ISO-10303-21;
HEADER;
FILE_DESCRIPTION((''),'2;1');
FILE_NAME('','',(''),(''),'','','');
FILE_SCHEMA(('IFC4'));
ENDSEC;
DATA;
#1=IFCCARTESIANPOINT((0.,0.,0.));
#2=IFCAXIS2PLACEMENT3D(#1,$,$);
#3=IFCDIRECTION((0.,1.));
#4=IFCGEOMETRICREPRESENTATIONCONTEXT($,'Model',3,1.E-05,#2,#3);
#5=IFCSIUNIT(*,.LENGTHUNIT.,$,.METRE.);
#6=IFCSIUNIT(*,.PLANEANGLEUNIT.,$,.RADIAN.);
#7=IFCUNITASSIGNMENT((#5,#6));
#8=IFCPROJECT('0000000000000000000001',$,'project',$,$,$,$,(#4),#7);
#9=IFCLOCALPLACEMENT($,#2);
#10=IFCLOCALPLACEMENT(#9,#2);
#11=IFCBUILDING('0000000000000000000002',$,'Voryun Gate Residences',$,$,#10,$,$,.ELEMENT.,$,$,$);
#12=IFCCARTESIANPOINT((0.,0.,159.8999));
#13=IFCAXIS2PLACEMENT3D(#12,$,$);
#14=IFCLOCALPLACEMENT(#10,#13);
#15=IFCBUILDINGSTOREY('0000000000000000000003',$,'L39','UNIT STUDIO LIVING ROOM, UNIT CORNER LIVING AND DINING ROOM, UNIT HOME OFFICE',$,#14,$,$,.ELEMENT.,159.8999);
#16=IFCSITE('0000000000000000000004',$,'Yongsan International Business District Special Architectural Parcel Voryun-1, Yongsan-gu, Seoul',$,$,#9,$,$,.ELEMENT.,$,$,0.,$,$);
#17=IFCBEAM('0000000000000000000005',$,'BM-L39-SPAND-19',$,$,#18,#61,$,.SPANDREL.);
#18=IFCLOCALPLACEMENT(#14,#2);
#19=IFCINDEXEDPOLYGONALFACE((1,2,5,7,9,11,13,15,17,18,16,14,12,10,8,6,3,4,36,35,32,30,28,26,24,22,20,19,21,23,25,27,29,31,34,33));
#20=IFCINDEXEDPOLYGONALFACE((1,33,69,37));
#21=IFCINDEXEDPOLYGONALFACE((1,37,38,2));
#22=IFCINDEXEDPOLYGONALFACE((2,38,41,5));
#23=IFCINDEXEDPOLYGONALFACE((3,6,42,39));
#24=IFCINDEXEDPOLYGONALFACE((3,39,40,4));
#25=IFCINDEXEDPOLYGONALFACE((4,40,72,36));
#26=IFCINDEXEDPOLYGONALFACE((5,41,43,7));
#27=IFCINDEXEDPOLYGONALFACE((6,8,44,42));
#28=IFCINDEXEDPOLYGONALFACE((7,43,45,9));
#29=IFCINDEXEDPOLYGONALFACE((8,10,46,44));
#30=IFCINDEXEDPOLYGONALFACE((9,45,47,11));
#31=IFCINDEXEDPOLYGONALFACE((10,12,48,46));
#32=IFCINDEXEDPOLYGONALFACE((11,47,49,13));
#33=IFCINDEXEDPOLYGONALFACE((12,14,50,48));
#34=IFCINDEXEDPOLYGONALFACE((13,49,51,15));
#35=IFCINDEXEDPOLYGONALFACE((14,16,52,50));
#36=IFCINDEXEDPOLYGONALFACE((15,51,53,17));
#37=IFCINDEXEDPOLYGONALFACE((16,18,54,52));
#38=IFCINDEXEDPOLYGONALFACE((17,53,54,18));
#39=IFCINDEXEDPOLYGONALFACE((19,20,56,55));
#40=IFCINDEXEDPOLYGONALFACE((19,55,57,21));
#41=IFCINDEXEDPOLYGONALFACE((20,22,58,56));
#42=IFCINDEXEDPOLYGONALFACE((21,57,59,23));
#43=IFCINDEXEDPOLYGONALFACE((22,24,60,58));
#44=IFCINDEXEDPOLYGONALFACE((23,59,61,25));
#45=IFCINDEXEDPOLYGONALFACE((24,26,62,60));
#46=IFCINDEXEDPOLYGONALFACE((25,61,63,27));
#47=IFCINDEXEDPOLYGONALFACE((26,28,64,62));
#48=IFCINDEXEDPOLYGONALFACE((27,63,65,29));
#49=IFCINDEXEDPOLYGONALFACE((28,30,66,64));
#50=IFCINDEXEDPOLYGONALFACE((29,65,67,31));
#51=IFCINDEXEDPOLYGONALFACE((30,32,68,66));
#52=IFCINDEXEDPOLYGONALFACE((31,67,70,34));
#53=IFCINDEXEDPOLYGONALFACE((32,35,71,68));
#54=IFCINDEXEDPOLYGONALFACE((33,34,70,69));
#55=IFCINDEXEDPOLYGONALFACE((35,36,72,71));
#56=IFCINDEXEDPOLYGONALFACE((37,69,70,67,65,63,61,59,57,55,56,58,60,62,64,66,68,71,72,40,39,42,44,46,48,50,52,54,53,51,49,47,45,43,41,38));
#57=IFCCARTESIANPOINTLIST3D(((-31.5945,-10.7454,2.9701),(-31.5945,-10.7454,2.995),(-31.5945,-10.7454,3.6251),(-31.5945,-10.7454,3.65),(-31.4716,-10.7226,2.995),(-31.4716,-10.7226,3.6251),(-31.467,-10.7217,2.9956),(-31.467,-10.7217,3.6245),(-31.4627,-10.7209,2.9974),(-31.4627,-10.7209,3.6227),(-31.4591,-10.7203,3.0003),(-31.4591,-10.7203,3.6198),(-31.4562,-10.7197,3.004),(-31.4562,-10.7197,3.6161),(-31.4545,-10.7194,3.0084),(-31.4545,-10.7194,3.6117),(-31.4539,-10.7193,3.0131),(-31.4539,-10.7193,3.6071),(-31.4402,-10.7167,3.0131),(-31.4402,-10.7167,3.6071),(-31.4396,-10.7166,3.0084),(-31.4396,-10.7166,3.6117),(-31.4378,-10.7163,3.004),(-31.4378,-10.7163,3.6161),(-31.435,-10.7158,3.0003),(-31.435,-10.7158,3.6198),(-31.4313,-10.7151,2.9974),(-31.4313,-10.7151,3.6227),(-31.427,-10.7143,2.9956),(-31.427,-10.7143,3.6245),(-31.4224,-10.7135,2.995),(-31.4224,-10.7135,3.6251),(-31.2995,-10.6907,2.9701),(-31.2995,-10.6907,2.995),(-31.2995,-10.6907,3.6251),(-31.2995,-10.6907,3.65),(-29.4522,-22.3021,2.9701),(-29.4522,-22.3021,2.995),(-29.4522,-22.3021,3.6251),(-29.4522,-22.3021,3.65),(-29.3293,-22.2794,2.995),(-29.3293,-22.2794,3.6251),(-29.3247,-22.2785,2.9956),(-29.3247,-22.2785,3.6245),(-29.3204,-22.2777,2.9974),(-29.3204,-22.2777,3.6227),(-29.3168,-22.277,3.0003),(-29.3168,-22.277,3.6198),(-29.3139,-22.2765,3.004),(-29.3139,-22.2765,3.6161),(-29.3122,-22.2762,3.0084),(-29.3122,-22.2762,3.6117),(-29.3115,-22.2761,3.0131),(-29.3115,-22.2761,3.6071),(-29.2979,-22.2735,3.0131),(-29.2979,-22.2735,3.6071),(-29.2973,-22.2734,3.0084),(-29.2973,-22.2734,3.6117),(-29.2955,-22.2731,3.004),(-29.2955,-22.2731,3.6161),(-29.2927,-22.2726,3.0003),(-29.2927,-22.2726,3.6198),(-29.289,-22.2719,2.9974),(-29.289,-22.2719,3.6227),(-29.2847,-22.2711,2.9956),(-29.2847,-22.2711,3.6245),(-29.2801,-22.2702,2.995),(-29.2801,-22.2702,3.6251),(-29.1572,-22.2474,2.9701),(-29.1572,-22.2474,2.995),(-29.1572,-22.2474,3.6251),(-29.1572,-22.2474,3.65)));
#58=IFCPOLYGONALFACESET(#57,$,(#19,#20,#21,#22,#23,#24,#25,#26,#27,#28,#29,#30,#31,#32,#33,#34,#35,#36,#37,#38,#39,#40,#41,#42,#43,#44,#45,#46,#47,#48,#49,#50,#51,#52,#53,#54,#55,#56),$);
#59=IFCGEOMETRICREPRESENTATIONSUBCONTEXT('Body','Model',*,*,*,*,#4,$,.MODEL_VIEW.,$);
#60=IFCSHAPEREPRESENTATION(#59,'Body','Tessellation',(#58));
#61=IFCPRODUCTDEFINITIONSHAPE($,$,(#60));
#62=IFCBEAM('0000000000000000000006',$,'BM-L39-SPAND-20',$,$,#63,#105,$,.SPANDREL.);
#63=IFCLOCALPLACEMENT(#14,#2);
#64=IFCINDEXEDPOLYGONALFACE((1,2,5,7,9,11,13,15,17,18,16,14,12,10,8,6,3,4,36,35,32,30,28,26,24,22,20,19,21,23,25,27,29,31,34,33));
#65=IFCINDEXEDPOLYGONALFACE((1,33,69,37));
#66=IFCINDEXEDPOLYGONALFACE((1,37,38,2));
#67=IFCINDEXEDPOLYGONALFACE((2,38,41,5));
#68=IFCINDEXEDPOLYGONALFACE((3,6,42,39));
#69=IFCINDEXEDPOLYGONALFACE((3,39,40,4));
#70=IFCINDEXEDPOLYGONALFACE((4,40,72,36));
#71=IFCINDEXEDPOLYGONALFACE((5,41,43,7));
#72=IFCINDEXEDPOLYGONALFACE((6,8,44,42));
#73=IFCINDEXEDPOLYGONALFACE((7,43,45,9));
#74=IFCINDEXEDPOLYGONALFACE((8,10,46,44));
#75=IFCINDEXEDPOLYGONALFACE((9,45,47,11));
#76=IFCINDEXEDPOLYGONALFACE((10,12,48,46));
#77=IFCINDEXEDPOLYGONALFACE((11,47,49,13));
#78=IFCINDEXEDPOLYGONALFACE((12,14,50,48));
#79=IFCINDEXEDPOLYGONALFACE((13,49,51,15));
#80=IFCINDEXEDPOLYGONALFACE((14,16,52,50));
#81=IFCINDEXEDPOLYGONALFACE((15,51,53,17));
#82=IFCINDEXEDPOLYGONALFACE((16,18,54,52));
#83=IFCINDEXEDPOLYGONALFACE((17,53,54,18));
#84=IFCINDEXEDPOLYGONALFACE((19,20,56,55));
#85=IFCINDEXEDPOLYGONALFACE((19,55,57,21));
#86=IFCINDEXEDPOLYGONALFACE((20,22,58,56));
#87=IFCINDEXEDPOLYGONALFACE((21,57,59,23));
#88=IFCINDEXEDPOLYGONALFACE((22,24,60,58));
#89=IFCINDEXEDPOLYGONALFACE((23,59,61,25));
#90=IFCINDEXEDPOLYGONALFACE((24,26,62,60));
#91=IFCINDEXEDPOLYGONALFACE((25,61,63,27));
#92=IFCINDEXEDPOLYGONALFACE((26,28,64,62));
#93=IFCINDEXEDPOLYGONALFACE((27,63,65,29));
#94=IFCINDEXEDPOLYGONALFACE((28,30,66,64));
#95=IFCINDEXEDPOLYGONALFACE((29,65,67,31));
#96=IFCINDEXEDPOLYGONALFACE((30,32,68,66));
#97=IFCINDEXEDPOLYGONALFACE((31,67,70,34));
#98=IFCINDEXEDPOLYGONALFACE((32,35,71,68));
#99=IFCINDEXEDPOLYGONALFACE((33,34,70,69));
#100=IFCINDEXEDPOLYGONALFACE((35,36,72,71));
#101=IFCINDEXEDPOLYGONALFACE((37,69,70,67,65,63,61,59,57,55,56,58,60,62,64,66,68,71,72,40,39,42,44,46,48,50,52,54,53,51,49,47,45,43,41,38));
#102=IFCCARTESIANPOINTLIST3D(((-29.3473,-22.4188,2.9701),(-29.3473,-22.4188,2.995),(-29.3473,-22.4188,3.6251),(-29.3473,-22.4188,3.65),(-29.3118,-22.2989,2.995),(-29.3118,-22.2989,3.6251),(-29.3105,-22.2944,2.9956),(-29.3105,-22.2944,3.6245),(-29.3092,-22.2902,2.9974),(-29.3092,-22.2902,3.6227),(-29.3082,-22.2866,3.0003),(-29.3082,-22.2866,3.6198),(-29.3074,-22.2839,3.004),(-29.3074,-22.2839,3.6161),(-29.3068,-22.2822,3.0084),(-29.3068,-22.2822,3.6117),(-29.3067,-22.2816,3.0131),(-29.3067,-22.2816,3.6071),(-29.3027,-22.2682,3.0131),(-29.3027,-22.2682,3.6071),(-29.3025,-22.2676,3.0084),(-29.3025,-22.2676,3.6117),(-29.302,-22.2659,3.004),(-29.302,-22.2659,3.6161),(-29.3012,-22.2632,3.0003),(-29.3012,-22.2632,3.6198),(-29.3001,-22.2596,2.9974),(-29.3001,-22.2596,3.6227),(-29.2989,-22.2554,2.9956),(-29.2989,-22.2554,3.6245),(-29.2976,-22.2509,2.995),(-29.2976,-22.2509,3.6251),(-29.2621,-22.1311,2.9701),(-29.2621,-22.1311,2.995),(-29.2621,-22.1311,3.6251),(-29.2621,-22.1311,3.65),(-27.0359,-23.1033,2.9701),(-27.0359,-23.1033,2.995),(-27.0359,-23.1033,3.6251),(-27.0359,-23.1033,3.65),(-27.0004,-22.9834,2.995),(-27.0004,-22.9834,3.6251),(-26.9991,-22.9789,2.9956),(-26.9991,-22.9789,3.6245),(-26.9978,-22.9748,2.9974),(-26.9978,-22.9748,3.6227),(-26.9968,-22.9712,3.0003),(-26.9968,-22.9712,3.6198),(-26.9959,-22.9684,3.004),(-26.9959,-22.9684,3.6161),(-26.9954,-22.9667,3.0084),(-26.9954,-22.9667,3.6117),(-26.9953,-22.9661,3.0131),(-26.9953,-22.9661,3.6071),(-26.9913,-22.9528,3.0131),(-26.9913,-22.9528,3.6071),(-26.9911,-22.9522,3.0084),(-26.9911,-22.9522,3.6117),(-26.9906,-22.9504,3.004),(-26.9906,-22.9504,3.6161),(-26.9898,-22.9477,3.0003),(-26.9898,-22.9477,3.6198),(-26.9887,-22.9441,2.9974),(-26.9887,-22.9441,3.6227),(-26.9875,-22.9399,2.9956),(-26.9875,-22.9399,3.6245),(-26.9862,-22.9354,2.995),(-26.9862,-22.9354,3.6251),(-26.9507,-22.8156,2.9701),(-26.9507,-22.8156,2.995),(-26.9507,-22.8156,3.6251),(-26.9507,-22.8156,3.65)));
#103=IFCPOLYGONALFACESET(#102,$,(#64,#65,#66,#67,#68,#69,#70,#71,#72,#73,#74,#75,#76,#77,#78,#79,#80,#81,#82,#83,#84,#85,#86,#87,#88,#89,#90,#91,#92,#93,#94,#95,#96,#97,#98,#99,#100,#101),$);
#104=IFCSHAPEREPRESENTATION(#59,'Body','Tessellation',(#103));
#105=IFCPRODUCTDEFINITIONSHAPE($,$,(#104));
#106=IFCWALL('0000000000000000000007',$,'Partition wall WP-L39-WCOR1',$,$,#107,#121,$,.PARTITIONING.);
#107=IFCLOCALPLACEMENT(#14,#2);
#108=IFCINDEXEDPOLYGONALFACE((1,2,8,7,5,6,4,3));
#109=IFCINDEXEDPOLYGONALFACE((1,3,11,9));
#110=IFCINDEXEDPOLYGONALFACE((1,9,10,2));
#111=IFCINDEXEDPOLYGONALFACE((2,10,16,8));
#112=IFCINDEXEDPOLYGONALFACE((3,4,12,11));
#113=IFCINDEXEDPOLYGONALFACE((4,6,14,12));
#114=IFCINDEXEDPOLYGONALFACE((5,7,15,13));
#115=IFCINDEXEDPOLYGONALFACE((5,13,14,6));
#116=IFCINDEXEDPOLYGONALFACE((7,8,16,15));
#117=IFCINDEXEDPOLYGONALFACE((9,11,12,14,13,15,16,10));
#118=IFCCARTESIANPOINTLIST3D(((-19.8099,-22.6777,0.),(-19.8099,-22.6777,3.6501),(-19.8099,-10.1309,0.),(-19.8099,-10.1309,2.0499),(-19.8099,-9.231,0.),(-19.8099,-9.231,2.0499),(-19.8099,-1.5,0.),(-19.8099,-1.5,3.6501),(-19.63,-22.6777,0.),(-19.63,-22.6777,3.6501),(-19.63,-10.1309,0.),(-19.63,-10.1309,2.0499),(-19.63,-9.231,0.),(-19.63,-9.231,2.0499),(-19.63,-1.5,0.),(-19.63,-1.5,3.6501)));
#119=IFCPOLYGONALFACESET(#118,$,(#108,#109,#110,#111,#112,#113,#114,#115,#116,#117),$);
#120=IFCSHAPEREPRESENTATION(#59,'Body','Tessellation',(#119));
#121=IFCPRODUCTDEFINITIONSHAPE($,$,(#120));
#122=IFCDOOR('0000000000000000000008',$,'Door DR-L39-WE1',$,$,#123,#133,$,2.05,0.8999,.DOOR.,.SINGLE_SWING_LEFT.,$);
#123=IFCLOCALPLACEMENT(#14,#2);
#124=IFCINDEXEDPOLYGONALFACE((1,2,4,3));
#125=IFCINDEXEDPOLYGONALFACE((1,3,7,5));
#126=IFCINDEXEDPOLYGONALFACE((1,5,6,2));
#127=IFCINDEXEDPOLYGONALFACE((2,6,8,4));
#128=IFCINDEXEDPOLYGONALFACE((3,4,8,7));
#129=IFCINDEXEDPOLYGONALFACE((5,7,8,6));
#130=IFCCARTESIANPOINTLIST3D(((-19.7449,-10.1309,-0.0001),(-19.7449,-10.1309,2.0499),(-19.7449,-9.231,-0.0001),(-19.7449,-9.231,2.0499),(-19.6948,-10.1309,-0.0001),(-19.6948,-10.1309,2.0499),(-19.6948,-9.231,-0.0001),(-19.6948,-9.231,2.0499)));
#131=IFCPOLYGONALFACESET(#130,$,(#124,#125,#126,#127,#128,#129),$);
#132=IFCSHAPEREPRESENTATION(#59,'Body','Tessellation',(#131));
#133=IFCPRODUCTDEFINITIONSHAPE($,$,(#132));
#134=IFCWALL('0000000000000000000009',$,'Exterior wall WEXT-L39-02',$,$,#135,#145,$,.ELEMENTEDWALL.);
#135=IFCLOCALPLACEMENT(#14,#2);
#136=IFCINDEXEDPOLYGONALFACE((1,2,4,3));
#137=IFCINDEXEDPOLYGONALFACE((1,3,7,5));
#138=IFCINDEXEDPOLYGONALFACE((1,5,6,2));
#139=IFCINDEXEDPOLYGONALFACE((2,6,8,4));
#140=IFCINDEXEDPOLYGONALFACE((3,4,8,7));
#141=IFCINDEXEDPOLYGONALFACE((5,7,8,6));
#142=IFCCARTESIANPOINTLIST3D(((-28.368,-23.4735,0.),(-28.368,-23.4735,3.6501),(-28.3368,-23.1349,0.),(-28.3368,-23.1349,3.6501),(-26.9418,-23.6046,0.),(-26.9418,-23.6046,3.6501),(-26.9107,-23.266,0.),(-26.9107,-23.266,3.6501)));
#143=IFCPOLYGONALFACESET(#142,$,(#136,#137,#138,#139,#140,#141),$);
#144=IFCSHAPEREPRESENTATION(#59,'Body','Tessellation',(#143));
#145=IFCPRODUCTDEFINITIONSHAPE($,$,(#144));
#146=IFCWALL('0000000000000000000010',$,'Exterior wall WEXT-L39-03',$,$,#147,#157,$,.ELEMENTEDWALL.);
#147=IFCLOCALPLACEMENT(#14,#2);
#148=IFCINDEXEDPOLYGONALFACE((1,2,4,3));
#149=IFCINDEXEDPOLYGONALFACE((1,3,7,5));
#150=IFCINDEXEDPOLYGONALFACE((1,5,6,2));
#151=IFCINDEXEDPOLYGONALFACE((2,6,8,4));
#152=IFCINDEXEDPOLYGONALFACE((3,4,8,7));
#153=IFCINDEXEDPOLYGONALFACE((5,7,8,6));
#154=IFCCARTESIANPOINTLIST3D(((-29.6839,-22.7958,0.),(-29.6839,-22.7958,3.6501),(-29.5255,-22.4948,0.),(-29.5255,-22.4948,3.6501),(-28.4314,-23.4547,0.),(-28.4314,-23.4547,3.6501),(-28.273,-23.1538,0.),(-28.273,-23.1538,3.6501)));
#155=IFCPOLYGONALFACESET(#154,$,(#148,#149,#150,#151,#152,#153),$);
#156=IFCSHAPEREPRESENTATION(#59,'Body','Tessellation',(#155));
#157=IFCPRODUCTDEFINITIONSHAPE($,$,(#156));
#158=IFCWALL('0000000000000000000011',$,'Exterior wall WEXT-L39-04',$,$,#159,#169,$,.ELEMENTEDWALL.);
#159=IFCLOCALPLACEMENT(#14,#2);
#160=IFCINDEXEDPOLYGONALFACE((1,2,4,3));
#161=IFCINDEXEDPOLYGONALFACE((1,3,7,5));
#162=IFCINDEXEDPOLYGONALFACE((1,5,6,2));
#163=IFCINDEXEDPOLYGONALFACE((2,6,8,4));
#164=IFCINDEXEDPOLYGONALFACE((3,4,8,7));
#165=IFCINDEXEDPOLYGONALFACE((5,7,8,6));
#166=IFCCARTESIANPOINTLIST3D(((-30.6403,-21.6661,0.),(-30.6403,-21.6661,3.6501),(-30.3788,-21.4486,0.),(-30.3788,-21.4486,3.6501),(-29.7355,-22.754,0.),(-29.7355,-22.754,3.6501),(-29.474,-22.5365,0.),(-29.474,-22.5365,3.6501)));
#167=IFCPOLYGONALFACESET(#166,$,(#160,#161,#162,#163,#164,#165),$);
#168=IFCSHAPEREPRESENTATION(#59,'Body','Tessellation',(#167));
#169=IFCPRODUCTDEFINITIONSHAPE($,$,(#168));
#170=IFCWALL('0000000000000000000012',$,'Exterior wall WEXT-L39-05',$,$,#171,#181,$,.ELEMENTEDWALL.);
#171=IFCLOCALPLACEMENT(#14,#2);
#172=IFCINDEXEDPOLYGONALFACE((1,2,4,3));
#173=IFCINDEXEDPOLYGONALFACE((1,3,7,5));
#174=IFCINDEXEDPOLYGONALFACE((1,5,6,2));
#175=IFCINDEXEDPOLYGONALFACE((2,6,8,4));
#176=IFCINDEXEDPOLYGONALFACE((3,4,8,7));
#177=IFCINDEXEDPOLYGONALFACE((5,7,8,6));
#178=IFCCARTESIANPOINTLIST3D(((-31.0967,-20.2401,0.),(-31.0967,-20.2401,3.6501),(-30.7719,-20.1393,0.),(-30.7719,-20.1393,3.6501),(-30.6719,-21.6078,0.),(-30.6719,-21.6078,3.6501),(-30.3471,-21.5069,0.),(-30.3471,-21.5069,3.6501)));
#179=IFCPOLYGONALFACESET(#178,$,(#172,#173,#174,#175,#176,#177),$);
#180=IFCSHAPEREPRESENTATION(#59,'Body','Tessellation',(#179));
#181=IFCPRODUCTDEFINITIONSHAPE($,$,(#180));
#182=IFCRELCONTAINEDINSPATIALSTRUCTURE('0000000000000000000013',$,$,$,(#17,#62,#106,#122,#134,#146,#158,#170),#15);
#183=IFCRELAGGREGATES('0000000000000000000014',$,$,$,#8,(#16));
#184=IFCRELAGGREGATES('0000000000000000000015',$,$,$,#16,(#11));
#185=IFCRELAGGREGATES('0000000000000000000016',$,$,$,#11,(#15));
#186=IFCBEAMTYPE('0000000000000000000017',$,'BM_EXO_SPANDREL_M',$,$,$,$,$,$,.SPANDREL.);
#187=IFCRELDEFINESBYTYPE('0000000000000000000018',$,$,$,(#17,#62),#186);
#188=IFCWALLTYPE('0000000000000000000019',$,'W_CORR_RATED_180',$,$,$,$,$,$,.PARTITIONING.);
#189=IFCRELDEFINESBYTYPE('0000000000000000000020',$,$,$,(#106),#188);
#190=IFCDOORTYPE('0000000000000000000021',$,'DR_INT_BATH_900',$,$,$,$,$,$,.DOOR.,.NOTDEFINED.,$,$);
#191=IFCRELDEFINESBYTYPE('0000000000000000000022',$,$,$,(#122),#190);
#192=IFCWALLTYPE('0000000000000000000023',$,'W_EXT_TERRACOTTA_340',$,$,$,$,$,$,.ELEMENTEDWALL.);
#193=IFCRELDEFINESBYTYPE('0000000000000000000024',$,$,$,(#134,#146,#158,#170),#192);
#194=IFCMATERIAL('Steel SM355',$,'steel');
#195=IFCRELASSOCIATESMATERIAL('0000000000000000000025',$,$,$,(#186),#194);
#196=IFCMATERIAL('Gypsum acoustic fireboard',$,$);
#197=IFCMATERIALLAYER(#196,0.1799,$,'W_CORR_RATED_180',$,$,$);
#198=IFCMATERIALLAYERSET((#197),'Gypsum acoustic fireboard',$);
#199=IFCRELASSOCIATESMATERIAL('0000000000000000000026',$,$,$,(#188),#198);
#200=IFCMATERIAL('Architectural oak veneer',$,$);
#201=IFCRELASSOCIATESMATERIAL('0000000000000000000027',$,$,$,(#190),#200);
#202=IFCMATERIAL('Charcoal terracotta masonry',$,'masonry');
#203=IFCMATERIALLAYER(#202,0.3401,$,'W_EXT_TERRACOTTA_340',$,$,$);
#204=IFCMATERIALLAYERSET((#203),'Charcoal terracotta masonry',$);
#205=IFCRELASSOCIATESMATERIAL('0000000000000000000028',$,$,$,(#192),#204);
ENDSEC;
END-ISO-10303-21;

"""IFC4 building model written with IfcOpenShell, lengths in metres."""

from ifc_helpers import new_model, si_unit, direction, frame, frame_2d, origin, origin_2d, place, context, subcontext, project, spatial, rectangle, i_section, extrude, material, layer, layer_set, material_profile, profile_set, type_object, element, fill, save


model = new_model("IFC4")

# Units and contexts
model_context = context("Model", 3, precision=1e-05, world=origin(), true_north=direction((0.0, 1.0)))
body_context = subcontext(model_context, "Body", "Model", "MODEL_VIEW")
ifc_project = project(units=[si_unit("LENGTHUNIT", "METRE"), si_unit("PLANEANGLEUNIT", "RADIAN")], contexts=[model_context])

# Site, building, storey
site_placement = place(None, origin())
site = spatial("IfcSite", under=ifc_project, at=site_placement, Name="Yongsan International Business District Special Architectural Parcel Voryun-1, Yongsan-gu, Seoul", CompositionType="ELEMENT", RefElevation=0.0)
building_placement = place(site_placement, origin())
building = spatial("IfcBuilding", under=site, at=building_placement, Name="Voryun Gate Residences", CompositionType="ELEMENT")
storey_placement = place(building_placement, frame((0.0, 0.0, 159.8999)))
storey = spatial("IfcBuildingStorey", under=building, at=storey_placement, Name="L39", Description="UNIT STUDIO LIVING ROOM, UNIT CORNER LIVING AND DINING ROOM, UNIT HOME OFFICE", CompositionType="ELEMENT", Elevation=159.8999)

# Beams
ifc_material_1 = material(Name="Steel SM355", Category="steel")
ifc_material_profile_1 = material_profile(ifc_material_1, i_section(OverallWidth=0.3, OverallDepth=0.6799, WebThickness=0.0139, FlangeThickness=0.0249, FilletRadius=0.0181, at=origin_2d()), Name="H-680x300x14x25")
ifc_profile_set_1 = profile_set([ifc_material_profile_1], Name="Steel SM355")
beam_type = type_object("IfcBeamType", Name="BM_EXO_SPANDREL_M", PredefinedType="SPANDREL", material=ifc_profile_set_1)
beam_1_placement = place(storey_placement, frame((-31.447, -10.718, 3.3101), z_axis=(0.182268, -0.983249, 0.0), x_axis=(0.983249, 0.182268, 0.0)))
element("IfcBeam", 1, at=beam_1_placement, inside=storey, type_object=beam_type, Name="BM-L39-SPAND-19", PredefinedType="SPANDREL", context=body_context, shape_type="SweptSolid", body=[
    extrude(i_section(OverallWidth=0.3, OverallDepth=0.6799, WebThickness=0.0139, FlangeThickness=0.0249, FilletRadius=0.0181, at=origin_2d()), origin(), (0.0, 0.0, 1.0), 11.7537),
])
beam_2_placement = place(storey_placement, frame((-29.3047, -22.2749, 3.3101), z_axis=(0.958835, -0.283964, 0.0), x_axis=(0.283964, 0.958835, 0.0)))
element("IfcBeam", 2, at=beam_2_placement, inside=storey, type_object=beam_type, Name="BM-L39-SPAND-20", PredefinedType="SPANDREL", context=body_context, shape_type="SweptSolid", body=[
    extrude(i_section(OverallWidth=0.3, OverallDepth=0.6799, WebThickness=0.0139, FlangeThickness=0.0249, FilletRadius=0.0181, at=origin_2d()), origin(), (0.0, 0.0, 1.0), 2.4106),
])

# Wall, opening, door
ifc_material_2 = material(Name="Gypsum acoustic fireboard")
ifc_layer_1 = layer(ifc_material_2, 0.1799, Name="W_CORR_RATED_180")
ifc_layer_set_1 = layer_set([ifc_layer_1], Name="Gypsum acoustic fireboard")
wall_type_1 = type_object("IfcWallType", Name="W_CORR_RATED_180", PredefinedType="PARTITIONING", material=ifc_layer_set_1)
wall_1_placement = place(storey_placement, frame((-19.72, -22.6777, 0.0), z_axis=(0.0, 0.0, 1.0), x_axis=(0.0, 1.0, 0.0)))
wall_1 = element("IfcWall", 3, at=wall_1_placement, inside=storey, type_object=wall_type_1, Name="Partition wall WP-L39-WCOR1", PredefinedType="PARTITIONING", context=body_context, shape_type="SweptSolid", body=[
    extrude(rectangle(XDim=21.1777, YDim=0.1799, at=frame_2d((10.5889, 0.0))), origin(), (0.0, 0.0, 1.0), 3.6501),
])
opening_1_placement = place(wall_1_placement, frame((12.5469, 0.0, 0.0)))
opening_1 = element("IfcOpeningElement", 4, at=opening_1_placement, cuts=wall_1, PredefinedType="OPENING", context=body_context, shape_type="SweptSolid", body=[
    extrude(rectangle(XDim=0.8999, YDim=2.05, at=frame_2d((0.45, 1.0249))), frame((0.0, 0.0999, 0.0), z_axis=(0.0, -1.0, 0.0), x_axis=(1.0, 0.0, 0.0)), (0.0, 0.0, 1.0), 0.2),
])
ifc_material_3 = material(Name="Architectural oak veneer")
door_type_1 = type_object("IfcDoorType", Name="DR_INT_BATH_900", OperationType="NOTDEFINED", PredefinedType="DOOR", material=ifc_material_3)
door_1_placement = place(opening_1_placement, origin())
door_1 = element("IfcDoor", 5, at=door_1_placement, inside=storey, type_object=door_type_1, Name="Door DR-L39-WE1", OperationType="SINGLE_SWING_LEFT", OverallHeight=2.05, OverallWidth=0.8999, PredefinedType="DOOR", context=body_context, shape_type="SweptSolid", body=[
    extrude(rectangle(XDim=0.8999, YDim=2.05, at=frame_2d((0.45, 1.0249))), frame((0.0, 0.0249, 0.0), z_axis=(0.0, -1.0, 0.0), x_axis=(1.0, 0.0, 0.0)), (0.0, 0.0, 1.0), 0.05),
])
fill(opening_1, door_1)

# Walls
ifc_material_4 = material(Name="Charcoal terracotta masonry", Category="masonry")
ifc_layer_2 = layer(ifc_material_4, 0.3401, Name="W_EXT_TERRACOTTA_340")
ifc_layer_set_2 = layer_set([ifc_layer_2], Name="Charcoal terracotta masonry")
wall_type_2 = type_object("IfcWallType", Name="W_EXT_TERRACOTTA_340", PredefinedType="ELEMENTEDWALL", material=ifc_layer_set_2)
wall_2_placement = place(storey_placement, frame((-26.9263, -23.4353, 0.0), z_axis=(0.0, 0.0, 1.0), x_axis=(-0.9958, 0.09155, 0.0)))
element("IfcWall", 6, at=wall_2_placement, inside=storey, type_object=wall_type_2, Name="Exterior wall WEXT-L39-02", PredefinedType="ELEMENTEDWALL", context=body_context, shape_type="SweptSolid", body=[
    extrude(rectangle(XDim=1.4321, YDim=0.3401, at=frame_2d((0.7161, 0.0))), origin(), (0.0, 0.0, 1.0), 3.6501),
])
wall_3_placement = place(storey_placement, frame((-28.3523, -23.3042, 0.0), z_axis=(0.0, 0.0, 1.0), x_axis=(-0.884989, 0.465611, 0.0)))
element("IfcWall", 7, at=wall_3_placement, inside=storey, type_object=wall_type_2, Name="Exterior wall WEXT-L39-03", PredefinedType="ELEMENTEDWALL", context=body_context, shape_type="SweptSolid", body=[
    extrude(rectangle(XDim=1.4153, YDim=0.3401, at=frame_2d((0.7075, 0.0))), origin(), (0.0, 0.0, 1.0), 3.6501),
])
wall_4_placement = place(storey_placement, frame((-29.6047, -22.6453, 0.0), z_axis=(0.0, 0.0, 1.0), x_axis=(-0.639437, 0.768843, 0.0)))
element("IfcWall", 8, at=wall_4_placement, inside=storey, type_object=wall_type_2, Name="Exterior wall WEXT-L39-04", PredefinedType="ELEMENTEDWALL", context=body_context, shape_type="SweptSolid", body=[
    extrude(rectangle(XDim=1.415, YDim=0.3401, at=frame_2d((0.7075, 0.0))), origin(), (0.0, 0.0, 1.0), 3.6501),
])
wall_5_placement = place(storey_placement, frame((-30.5095, -21.5574, 0.0), z_axis=(0.0, 0.0, 1.0), x_axis=(-0.296624, 0.954994, 0.0)))
element("IfcWall", 9, at=wall_5_placement, inside=storey, type_object=wall_type_2, Name="Exterior wall WEXT-L39-05", PredefinedType="ELEMENTEDWALL", context=body_context, shape_type="SweptSolid", body=[
    extrude(rectangle(XDim=1.4321, YDim=0.3401, at=frame_2d((0.7161, 0.0))), origin(), (0.0, 0.0, 1.0), 3.6501),
])

save(model, "model.ifc")
